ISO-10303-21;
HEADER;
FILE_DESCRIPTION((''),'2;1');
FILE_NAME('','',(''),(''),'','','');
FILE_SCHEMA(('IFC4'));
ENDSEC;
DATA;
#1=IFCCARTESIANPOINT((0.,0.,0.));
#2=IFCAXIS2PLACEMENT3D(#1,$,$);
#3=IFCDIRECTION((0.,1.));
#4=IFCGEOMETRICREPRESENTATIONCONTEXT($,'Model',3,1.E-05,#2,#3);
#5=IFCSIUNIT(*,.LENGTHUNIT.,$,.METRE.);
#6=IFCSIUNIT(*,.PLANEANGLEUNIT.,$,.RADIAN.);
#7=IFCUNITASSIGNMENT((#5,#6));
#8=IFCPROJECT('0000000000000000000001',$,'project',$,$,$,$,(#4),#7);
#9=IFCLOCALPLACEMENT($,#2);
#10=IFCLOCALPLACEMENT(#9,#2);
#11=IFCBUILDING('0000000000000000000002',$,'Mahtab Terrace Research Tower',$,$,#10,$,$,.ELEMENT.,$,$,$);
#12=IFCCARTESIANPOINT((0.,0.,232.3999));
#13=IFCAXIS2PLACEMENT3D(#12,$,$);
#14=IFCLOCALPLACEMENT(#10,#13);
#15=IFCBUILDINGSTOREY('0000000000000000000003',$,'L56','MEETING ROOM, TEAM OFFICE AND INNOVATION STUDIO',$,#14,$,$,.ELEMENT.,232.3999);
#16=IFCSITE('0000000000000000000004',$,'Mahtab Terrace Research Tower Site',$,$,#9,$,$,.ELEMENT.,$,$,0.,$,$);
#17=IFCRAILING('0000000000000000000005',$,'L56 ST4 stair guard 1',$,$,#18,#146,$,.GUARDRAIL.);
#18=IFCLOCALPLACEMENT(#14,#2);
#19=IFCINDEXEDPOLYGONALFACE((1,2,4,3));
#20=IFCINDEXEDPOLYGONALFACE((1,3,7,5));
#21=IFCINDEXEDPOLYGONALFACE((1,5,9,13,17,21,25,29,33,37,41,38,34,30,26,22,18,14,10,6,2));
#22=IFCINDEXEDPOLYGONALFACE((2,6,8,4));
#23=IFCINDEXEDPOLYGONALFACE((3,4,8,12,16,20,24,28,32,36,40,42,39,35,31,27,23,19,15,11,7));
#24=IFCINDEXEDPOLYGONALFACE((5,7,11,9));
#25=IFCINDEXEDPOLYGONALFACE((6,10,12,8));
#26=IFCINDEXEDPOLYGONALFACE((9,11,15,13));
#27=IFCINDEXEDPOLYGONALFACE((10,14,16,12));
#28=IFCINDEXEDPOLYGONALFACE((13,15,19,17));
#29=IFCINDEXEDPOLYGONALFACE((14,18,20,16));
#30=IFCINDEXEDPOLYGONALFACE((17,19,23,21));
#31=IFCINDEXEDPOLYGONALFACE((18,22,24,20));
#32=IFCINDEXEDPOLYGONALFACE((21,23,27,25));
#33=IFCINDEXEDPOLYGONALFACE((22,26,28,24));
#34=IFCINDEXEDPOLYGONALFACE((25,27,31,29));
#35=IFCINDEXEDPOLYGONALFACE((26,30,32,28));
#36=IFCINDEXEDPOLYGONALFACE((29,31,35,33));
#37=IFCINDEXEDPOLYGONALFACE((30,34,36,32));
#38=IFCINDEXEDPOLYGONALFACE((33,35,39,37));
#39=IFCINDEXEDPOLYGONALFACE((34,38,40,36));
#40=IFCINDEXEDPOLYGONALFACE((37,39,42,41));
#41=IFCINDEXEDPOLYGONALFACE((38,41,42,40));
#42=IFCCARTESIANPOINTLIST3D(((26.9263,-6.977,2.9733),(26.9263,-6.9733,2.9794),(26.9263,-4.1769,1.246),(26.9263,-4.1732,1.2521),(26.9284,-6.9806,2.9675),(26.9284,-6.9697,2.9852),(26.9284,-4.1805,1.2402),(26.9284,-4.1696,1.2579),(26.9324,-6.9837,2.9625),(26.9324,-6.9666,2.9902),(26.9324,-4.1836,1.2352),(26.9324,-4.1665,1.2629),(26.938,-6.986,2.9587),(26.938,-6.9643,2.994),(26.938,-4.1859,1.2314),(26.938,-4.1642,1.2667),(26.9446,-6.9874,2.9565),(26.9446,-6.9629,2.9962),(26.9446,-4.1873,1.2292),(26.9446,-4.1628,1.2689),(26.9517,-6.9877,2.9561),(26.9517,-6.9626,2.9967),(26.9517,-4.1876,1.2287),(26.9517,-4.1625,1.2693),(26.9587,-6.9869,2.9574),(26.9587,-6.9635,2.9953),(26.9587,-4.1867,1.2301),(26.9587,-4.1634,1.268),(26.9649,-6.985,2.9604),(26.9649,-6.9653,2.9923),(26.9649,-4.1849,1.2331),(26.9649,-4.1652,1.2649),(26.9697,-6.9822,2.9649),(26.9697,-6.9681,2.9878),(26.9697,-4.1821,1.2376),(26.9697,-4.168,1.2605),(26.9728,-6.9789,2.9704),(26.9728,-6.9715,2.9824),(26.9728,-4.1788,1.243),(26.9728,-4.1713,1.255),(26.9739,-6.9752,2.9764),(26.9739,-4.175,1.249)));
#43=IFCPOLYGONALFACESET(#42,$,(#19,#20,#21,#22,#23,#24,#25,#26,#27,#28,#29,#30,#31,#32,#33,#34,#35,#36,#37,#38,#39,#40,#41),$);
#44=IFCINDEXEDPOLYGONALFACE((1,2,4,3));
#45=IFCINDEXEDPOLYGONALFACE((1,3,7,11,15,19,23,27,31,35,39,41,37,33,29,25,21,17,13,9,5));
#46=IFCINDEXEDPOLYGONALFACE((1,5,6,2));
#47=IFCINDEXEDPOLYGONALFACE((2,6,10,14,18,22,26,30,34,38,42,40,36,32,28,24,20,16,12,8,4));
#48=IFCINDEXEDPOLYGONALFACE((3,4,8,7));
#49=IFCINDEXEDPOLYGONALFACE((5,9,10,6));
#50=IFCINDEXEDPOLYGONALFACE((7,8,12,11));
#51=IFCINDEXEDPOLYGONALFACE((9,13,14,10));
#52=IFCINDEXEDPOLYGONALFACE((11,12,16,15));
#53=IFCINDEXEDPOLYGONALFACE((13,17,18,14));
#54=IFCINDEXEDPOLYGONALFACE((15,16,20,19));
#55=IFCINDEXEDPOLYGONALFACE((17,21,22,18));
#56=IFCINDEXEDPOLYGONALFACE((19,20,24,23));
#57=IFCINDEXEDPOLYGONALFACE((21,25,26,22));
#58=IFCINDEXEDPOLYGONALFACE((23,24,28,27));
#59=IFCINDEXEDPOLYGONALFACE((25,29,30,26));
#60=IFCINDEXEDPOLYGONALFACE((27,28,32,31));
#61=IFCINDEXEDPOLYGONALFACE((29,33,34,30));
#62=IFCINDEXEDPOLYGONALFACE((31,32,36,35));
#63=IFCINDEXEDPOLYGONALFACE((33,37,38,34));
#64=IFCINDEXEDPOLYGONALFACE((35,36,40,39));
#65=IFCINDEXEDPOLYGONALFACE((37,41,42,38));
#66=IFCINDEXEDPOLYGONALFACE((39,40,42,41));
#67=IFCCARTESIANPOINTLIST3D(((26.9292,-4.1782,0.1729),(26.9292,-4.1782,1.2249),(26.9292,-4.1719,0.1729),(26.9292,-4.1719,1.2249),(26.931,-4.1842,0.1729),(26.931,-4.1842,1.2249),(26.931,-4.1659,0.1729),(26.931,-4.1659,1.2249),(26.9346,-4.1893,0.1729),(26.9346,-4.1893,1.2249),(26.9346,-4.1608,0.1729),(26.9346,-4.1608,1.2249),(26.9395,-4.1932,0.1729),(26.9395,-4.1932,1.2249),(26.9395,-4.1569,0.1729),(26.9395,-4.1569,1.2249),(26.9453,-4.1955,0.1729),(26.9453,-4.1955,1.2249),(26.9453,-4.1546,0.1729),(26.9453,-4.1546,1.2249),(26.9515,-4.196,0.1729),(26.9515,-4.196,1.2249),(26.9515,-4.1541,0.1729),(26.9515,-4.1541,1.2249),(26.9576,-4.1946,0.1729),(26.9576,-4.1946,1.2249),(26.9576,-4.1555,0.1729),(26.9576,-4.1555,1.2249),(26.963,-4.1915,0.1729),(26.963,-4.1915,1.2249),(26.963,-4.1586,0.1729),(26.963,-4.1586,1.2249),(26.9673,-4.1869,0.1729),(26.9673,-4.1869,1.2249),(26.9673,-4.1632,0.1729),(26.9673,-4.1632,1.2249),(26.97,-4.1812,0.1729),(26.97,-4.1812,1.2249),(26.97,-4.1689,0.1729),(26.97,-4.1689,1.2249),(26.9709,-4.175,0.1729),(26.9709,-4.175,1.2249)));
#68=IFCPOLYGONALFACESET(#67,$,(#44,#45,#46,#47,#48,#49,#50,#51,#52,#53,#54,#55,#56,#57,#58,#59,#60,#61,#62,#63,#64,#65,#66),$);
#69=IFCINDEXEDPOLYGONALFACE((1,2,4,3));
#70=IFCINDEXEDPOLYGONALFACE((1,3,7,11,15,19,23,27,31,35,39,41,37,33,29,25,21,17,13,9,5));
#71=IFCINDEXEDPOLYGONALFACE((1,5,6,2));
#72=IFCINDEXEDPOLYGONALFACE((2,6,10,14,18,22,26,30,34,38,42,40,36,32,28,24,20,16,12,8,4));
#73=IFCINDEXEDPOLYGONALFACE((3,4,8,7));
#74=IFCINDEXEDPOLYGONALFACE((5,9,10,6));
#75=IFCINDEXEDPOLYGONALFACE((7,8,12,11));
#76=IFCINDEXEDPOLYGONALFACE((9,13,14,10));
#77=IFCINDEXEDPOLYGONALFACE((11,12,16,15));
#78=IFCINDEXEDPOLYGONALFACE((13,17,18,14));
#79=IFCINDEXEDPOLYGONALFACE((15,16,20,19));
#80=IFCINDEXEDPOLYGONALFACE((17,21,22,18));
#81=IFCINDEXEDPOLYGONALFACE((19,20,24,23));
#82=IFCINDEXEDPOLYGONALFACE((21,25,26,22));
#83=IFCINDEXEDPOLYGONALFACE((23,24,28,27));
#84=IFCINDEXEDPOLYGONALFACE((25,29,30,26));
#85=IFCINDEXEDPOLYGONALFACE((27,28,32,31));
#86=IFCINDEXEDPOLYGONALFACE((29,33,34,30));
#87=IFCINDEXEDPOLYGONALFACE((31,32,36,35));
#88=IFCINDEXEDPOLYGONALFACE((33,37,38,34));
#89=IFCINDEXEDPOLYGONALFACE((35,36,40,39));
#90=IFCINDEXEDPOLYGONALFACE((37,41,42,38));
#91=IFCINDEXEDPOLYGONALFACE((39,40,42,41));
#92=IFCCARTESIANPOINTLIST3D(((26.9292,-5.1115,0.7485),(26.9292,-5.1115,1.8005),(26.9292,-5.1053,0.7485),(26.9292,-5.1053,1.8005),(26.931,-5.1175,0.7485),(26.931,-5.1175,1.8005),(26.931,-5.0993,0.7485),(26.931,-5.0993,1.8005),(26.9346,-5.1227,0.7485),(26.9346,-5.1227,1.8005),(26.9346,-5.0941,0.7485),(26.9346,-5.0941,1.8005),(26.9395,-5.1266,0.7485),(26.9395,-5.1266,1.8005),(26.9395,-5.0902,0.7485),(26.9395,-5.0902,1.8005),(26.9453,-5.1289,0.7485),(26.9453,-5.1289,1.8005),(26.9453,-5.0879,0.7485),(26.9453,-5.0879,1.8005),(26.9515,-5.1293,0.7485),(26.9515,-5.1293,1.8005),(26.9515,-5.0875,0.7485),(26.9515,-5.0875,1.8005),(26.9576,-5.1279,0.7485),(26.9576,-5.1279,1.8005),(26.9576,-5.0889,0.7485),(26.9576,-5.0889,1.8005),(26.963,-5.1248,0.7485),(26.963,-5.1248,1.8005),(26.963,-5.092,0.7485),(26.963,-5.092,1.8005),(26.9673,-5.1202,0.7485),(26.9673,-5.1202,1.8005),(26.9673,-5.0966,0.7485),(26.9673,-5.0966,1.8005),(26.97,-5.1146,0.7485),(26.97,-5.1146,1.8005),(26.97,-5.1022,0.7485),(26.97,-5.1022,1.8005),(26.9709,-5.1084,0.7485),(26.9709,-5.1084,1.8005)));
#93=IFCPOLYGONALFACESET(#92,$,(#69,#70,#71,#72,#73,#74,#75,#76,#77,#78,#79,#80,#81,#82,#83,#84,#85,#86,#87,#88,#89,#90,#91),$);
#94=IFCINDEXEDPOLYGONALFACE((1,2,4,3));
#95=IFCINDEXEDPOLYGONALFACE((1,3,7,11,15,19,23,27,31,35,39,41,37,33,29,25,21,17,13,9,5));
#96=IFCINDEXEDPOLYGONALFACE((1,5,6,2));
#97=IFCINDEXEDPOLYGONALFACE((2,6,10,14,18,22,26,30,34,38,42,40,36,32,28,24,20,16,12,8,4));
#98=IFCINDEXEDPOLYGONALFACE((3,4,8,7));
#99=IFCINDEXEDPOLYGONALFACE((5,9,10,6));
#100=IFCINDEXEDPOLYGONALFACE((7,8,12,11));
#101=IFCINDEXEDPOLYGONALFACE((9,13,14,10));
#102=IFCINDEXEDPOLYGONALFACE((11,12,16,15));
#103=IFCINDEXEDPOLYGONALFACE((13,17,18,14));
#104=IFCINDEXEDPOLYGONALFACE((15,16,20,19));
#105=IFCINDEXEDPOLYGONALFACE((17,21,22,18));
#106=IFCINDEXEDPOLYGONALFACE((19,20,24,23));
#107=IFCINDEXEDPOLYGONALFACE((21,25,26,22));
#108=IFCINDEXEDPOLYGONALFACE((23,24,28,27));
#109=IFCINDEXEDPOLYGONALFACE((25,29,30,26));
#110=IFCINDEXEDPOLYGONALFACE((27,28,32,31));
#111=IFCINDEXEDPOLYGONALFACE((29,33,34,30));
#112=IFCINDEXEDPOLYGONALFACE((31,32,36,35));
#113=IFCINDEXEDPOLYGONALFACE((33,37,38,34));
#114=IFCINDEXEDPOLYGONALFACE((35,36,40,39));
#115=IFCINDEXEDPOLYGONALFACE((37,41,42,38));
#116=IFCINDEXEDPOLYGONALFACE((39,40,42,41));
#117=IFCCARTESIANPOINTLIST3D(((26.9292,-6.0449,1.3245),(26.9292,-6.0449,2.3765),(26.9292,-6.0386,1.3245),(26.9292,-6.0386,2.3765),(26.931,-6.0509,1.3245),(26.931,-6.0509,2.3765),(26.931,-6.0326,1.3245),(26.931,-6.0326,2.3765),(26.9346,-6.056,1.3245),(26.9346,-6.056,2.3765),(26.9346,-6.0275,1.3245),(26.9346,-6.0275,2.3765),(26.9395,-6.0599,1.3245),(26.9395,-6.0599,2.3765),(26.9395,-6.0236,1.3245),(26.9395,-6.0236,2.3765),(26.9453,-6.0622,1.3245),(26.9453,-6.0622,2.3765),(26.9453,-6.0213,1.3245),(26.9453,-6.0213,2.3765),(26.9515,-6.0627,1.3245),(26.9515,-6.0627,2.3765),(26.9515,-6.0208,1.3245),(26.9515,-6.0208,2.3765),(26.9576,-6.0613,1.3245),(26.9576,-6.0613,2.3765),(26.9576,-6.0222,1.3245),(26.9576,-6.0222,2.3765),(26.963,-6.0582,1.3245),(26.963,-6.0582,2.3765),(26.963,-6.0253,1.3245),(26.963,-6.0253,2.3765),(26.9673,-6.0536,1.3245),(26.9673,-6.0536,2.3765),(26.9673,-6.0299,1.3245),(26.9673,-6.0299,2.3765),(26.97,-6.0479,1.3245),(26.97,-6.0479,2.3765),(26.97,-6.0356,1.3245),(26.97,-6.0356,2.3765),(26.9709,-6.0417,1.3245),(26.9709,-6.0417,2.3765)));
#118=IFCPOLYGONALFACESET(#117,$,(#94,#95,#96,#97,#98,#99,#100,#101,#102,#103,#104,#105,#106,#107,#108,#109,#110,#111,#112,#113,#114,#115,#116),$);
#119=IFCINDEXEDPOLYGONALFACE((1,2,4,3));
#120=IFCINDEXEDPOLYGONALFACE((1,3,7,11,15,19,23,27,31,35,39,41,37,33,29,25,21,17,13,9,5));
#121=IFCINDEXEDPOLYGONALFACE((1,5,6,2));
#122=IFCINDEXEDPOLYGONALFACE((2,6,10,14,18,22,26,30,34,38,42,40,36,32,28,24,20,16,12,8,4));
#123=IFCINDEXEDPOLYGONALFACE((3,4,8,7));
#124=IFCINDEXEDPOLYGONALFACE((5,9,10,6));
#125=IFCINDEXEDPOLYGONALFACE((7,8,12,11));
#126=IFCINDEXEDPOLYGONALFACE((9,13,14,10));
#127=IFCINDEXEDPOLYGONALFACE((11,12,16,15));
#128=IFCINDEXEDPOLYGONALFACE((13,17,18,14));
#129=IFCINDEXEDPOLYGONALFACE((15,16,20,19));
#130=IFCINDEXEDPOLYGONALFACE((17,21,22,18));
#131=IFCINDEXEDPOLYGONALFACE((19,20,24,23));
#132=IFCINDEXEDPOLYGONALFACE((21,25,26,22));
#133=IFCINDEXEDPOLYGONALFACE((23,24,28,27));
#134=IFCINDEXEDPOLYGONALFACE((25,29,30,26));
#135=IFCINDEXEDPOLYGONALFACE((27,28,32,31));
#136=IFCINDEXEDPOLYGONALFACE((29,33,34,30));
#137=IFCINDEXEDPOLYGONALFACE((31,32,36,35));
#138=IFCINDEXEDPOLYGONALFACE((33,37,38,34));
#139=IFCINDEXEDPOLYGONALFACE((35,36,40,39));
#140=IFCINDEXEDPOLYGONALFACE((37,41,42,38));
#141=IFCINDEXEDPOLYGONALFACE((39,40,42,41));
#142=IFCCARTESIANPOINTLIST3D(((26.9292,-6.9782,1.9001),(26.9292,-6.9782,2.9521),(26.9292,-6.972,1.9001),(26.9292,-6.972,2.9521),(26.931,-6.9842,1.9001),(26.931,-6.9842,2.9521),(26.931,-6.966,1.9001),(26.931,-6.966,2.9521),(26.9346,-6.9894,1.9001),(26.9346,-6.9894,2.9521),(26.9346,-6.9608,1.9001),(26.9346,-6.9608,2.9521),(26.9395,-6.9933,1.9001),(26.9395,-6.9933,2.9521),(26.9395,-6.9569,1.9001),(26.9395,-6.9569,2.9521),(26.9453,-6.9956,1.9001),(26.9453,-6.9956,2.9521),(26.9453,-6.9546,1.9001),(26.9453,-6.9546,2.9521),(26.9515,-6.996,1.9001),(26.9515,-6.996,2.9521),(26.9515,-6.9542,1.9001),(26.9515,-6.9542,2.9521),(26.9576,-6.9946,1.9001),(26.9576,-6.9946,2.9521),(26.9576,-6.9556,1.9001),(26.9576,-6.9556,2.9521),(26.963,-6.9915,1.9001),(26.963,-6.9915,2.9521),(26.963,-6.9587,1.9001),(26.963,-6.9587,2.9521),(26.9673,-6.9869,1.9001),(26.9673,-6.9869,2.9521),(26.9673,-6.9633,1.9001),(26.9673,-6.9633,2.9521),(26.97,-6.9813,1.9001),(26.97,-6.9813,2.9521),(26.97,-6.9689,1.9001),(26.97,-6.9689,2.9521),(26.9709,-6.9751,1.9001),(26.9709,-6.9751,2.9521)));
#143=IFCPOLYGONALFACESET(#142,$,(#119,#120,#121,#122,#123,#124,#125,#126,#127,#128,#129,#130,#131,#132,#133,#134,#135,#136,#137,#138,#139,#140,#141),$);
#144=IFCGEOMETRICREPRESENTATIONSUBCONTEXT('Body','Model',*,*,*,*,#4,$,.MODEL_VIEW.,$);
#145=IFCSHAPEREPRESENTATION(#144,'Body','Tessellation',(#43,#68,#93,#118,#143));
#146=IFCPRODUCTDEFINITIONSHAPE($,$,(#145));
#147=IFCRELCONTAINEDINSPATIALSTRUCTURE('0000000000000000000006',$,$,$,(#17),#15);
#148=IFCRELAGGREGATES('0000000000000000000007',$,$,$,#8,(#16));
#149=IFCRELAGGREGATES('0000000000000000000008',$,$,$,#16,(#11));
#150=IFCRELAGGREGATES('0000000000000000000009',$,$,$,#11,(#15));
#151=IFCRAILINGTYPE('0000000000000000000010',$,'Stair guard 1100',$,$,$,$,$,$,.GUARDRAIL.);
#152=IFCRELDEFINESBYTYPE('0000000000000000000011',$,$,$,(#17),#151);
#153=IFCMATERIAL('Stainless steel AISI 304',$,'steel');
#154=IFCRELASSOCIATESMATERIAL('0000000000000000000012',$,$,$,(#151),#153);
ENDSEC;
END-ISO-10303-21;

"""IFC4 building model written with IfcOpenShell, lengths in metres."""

from ifc_helpers import new_model, si_unit, direction, frame, origin, origin_2d, place, context, subcontext, project, spatial, circle, extrude, material, type_object, element, save


model = new_model("IFC4")

# Units and contexts
model_context = context("Model", 3, precision=1e-05, world=origin(), true_north=direction((0.0, 1.0)))
body_context = subcontext(model_context, "Body", "Model", "MODEL_VIEW")
ifc_project = project(units=[si_unit("LENGTHUNIT", "METRE"), si_unit("PLANEANGLEUNIT", "RADIAN")], contexts=[model_context])

# Site, building, storey
site_placement = place(None, origin())
site = spatial("IfcSite", under=ifc_project, at=site_placement, Name="Mahtab Terrace Research Tower Site", CompositionType="ELEMENT", RefElevation=0.0)
building_placement = place(site_placement, origin())
building = spatial("IfcBuilding", under=site, at=building_placement, Name="Mahtab Terrace Research Tower", CompositionType="ELEMENT")
storey_placement = place(building_placement, frame((0.0, 0.0, 232.3999)))
storey = spatial("IfcBuildingStorey", under=building, at=storey_placement, Name="L56", Description="MEETING ROOM, TEAM OFFICE AND INNOVATION STUDIO", CompositionType="ELEMENT", Elevation=232.3999)

# Shared definitions
ifc_material_1 = material(Name="Stainless steel AISI 304", Category="steel")

# Railing
railing_type_1 = type_object("IfcRailingType", Name="Stair guard 1100", PredefinedType="GUARDRAIL", material=ifc_material_1)
railing_1_placement = place(storey_placement, frame((26.95, -4.175, 0.1729)))
element("IfcRailing", 1, at=railing_1_placement, inside=storey, type_object=railing_type_1, Name="L56 ST4 stair guard 1", PredefinedType="GUARDRAIL", context=body_context, shape_type="SweptSolid", body=[
    extrude(circle(Radius=0.0239, at=origin_2d()), frame((0.0, 0.0, 1.0762), z_axis=(0.0, -0.85109, 0.52502), x_axis=(1.0, 0.0, 0.0)), (0.0, 0.0, 1.0), 3.29),
    extrude(circle(Radius=0.021, at=origin_2d()), origin(), (0.0, 0.0, 1.0), 1.052),
    extrude(circle(Radius=0.021, at=origin_2d()), frame((0.0, -0.9333, 0.5757)), (0.0, 0.0, 1.0), 1.052),
    extrude(circle(Radius=0.021, at=origin_2d()), frame((0.0, -1.8667, 1.1516)), (0.0, 0.0, 1.0), 1.052),
    extrude(circle(Radius=0.021, at=origin_2d()), frame((0.0, -2.8, 1.7273)), (0.0, 0.0, 1.0), 1.052),
])

save(model, "model.ifc")
